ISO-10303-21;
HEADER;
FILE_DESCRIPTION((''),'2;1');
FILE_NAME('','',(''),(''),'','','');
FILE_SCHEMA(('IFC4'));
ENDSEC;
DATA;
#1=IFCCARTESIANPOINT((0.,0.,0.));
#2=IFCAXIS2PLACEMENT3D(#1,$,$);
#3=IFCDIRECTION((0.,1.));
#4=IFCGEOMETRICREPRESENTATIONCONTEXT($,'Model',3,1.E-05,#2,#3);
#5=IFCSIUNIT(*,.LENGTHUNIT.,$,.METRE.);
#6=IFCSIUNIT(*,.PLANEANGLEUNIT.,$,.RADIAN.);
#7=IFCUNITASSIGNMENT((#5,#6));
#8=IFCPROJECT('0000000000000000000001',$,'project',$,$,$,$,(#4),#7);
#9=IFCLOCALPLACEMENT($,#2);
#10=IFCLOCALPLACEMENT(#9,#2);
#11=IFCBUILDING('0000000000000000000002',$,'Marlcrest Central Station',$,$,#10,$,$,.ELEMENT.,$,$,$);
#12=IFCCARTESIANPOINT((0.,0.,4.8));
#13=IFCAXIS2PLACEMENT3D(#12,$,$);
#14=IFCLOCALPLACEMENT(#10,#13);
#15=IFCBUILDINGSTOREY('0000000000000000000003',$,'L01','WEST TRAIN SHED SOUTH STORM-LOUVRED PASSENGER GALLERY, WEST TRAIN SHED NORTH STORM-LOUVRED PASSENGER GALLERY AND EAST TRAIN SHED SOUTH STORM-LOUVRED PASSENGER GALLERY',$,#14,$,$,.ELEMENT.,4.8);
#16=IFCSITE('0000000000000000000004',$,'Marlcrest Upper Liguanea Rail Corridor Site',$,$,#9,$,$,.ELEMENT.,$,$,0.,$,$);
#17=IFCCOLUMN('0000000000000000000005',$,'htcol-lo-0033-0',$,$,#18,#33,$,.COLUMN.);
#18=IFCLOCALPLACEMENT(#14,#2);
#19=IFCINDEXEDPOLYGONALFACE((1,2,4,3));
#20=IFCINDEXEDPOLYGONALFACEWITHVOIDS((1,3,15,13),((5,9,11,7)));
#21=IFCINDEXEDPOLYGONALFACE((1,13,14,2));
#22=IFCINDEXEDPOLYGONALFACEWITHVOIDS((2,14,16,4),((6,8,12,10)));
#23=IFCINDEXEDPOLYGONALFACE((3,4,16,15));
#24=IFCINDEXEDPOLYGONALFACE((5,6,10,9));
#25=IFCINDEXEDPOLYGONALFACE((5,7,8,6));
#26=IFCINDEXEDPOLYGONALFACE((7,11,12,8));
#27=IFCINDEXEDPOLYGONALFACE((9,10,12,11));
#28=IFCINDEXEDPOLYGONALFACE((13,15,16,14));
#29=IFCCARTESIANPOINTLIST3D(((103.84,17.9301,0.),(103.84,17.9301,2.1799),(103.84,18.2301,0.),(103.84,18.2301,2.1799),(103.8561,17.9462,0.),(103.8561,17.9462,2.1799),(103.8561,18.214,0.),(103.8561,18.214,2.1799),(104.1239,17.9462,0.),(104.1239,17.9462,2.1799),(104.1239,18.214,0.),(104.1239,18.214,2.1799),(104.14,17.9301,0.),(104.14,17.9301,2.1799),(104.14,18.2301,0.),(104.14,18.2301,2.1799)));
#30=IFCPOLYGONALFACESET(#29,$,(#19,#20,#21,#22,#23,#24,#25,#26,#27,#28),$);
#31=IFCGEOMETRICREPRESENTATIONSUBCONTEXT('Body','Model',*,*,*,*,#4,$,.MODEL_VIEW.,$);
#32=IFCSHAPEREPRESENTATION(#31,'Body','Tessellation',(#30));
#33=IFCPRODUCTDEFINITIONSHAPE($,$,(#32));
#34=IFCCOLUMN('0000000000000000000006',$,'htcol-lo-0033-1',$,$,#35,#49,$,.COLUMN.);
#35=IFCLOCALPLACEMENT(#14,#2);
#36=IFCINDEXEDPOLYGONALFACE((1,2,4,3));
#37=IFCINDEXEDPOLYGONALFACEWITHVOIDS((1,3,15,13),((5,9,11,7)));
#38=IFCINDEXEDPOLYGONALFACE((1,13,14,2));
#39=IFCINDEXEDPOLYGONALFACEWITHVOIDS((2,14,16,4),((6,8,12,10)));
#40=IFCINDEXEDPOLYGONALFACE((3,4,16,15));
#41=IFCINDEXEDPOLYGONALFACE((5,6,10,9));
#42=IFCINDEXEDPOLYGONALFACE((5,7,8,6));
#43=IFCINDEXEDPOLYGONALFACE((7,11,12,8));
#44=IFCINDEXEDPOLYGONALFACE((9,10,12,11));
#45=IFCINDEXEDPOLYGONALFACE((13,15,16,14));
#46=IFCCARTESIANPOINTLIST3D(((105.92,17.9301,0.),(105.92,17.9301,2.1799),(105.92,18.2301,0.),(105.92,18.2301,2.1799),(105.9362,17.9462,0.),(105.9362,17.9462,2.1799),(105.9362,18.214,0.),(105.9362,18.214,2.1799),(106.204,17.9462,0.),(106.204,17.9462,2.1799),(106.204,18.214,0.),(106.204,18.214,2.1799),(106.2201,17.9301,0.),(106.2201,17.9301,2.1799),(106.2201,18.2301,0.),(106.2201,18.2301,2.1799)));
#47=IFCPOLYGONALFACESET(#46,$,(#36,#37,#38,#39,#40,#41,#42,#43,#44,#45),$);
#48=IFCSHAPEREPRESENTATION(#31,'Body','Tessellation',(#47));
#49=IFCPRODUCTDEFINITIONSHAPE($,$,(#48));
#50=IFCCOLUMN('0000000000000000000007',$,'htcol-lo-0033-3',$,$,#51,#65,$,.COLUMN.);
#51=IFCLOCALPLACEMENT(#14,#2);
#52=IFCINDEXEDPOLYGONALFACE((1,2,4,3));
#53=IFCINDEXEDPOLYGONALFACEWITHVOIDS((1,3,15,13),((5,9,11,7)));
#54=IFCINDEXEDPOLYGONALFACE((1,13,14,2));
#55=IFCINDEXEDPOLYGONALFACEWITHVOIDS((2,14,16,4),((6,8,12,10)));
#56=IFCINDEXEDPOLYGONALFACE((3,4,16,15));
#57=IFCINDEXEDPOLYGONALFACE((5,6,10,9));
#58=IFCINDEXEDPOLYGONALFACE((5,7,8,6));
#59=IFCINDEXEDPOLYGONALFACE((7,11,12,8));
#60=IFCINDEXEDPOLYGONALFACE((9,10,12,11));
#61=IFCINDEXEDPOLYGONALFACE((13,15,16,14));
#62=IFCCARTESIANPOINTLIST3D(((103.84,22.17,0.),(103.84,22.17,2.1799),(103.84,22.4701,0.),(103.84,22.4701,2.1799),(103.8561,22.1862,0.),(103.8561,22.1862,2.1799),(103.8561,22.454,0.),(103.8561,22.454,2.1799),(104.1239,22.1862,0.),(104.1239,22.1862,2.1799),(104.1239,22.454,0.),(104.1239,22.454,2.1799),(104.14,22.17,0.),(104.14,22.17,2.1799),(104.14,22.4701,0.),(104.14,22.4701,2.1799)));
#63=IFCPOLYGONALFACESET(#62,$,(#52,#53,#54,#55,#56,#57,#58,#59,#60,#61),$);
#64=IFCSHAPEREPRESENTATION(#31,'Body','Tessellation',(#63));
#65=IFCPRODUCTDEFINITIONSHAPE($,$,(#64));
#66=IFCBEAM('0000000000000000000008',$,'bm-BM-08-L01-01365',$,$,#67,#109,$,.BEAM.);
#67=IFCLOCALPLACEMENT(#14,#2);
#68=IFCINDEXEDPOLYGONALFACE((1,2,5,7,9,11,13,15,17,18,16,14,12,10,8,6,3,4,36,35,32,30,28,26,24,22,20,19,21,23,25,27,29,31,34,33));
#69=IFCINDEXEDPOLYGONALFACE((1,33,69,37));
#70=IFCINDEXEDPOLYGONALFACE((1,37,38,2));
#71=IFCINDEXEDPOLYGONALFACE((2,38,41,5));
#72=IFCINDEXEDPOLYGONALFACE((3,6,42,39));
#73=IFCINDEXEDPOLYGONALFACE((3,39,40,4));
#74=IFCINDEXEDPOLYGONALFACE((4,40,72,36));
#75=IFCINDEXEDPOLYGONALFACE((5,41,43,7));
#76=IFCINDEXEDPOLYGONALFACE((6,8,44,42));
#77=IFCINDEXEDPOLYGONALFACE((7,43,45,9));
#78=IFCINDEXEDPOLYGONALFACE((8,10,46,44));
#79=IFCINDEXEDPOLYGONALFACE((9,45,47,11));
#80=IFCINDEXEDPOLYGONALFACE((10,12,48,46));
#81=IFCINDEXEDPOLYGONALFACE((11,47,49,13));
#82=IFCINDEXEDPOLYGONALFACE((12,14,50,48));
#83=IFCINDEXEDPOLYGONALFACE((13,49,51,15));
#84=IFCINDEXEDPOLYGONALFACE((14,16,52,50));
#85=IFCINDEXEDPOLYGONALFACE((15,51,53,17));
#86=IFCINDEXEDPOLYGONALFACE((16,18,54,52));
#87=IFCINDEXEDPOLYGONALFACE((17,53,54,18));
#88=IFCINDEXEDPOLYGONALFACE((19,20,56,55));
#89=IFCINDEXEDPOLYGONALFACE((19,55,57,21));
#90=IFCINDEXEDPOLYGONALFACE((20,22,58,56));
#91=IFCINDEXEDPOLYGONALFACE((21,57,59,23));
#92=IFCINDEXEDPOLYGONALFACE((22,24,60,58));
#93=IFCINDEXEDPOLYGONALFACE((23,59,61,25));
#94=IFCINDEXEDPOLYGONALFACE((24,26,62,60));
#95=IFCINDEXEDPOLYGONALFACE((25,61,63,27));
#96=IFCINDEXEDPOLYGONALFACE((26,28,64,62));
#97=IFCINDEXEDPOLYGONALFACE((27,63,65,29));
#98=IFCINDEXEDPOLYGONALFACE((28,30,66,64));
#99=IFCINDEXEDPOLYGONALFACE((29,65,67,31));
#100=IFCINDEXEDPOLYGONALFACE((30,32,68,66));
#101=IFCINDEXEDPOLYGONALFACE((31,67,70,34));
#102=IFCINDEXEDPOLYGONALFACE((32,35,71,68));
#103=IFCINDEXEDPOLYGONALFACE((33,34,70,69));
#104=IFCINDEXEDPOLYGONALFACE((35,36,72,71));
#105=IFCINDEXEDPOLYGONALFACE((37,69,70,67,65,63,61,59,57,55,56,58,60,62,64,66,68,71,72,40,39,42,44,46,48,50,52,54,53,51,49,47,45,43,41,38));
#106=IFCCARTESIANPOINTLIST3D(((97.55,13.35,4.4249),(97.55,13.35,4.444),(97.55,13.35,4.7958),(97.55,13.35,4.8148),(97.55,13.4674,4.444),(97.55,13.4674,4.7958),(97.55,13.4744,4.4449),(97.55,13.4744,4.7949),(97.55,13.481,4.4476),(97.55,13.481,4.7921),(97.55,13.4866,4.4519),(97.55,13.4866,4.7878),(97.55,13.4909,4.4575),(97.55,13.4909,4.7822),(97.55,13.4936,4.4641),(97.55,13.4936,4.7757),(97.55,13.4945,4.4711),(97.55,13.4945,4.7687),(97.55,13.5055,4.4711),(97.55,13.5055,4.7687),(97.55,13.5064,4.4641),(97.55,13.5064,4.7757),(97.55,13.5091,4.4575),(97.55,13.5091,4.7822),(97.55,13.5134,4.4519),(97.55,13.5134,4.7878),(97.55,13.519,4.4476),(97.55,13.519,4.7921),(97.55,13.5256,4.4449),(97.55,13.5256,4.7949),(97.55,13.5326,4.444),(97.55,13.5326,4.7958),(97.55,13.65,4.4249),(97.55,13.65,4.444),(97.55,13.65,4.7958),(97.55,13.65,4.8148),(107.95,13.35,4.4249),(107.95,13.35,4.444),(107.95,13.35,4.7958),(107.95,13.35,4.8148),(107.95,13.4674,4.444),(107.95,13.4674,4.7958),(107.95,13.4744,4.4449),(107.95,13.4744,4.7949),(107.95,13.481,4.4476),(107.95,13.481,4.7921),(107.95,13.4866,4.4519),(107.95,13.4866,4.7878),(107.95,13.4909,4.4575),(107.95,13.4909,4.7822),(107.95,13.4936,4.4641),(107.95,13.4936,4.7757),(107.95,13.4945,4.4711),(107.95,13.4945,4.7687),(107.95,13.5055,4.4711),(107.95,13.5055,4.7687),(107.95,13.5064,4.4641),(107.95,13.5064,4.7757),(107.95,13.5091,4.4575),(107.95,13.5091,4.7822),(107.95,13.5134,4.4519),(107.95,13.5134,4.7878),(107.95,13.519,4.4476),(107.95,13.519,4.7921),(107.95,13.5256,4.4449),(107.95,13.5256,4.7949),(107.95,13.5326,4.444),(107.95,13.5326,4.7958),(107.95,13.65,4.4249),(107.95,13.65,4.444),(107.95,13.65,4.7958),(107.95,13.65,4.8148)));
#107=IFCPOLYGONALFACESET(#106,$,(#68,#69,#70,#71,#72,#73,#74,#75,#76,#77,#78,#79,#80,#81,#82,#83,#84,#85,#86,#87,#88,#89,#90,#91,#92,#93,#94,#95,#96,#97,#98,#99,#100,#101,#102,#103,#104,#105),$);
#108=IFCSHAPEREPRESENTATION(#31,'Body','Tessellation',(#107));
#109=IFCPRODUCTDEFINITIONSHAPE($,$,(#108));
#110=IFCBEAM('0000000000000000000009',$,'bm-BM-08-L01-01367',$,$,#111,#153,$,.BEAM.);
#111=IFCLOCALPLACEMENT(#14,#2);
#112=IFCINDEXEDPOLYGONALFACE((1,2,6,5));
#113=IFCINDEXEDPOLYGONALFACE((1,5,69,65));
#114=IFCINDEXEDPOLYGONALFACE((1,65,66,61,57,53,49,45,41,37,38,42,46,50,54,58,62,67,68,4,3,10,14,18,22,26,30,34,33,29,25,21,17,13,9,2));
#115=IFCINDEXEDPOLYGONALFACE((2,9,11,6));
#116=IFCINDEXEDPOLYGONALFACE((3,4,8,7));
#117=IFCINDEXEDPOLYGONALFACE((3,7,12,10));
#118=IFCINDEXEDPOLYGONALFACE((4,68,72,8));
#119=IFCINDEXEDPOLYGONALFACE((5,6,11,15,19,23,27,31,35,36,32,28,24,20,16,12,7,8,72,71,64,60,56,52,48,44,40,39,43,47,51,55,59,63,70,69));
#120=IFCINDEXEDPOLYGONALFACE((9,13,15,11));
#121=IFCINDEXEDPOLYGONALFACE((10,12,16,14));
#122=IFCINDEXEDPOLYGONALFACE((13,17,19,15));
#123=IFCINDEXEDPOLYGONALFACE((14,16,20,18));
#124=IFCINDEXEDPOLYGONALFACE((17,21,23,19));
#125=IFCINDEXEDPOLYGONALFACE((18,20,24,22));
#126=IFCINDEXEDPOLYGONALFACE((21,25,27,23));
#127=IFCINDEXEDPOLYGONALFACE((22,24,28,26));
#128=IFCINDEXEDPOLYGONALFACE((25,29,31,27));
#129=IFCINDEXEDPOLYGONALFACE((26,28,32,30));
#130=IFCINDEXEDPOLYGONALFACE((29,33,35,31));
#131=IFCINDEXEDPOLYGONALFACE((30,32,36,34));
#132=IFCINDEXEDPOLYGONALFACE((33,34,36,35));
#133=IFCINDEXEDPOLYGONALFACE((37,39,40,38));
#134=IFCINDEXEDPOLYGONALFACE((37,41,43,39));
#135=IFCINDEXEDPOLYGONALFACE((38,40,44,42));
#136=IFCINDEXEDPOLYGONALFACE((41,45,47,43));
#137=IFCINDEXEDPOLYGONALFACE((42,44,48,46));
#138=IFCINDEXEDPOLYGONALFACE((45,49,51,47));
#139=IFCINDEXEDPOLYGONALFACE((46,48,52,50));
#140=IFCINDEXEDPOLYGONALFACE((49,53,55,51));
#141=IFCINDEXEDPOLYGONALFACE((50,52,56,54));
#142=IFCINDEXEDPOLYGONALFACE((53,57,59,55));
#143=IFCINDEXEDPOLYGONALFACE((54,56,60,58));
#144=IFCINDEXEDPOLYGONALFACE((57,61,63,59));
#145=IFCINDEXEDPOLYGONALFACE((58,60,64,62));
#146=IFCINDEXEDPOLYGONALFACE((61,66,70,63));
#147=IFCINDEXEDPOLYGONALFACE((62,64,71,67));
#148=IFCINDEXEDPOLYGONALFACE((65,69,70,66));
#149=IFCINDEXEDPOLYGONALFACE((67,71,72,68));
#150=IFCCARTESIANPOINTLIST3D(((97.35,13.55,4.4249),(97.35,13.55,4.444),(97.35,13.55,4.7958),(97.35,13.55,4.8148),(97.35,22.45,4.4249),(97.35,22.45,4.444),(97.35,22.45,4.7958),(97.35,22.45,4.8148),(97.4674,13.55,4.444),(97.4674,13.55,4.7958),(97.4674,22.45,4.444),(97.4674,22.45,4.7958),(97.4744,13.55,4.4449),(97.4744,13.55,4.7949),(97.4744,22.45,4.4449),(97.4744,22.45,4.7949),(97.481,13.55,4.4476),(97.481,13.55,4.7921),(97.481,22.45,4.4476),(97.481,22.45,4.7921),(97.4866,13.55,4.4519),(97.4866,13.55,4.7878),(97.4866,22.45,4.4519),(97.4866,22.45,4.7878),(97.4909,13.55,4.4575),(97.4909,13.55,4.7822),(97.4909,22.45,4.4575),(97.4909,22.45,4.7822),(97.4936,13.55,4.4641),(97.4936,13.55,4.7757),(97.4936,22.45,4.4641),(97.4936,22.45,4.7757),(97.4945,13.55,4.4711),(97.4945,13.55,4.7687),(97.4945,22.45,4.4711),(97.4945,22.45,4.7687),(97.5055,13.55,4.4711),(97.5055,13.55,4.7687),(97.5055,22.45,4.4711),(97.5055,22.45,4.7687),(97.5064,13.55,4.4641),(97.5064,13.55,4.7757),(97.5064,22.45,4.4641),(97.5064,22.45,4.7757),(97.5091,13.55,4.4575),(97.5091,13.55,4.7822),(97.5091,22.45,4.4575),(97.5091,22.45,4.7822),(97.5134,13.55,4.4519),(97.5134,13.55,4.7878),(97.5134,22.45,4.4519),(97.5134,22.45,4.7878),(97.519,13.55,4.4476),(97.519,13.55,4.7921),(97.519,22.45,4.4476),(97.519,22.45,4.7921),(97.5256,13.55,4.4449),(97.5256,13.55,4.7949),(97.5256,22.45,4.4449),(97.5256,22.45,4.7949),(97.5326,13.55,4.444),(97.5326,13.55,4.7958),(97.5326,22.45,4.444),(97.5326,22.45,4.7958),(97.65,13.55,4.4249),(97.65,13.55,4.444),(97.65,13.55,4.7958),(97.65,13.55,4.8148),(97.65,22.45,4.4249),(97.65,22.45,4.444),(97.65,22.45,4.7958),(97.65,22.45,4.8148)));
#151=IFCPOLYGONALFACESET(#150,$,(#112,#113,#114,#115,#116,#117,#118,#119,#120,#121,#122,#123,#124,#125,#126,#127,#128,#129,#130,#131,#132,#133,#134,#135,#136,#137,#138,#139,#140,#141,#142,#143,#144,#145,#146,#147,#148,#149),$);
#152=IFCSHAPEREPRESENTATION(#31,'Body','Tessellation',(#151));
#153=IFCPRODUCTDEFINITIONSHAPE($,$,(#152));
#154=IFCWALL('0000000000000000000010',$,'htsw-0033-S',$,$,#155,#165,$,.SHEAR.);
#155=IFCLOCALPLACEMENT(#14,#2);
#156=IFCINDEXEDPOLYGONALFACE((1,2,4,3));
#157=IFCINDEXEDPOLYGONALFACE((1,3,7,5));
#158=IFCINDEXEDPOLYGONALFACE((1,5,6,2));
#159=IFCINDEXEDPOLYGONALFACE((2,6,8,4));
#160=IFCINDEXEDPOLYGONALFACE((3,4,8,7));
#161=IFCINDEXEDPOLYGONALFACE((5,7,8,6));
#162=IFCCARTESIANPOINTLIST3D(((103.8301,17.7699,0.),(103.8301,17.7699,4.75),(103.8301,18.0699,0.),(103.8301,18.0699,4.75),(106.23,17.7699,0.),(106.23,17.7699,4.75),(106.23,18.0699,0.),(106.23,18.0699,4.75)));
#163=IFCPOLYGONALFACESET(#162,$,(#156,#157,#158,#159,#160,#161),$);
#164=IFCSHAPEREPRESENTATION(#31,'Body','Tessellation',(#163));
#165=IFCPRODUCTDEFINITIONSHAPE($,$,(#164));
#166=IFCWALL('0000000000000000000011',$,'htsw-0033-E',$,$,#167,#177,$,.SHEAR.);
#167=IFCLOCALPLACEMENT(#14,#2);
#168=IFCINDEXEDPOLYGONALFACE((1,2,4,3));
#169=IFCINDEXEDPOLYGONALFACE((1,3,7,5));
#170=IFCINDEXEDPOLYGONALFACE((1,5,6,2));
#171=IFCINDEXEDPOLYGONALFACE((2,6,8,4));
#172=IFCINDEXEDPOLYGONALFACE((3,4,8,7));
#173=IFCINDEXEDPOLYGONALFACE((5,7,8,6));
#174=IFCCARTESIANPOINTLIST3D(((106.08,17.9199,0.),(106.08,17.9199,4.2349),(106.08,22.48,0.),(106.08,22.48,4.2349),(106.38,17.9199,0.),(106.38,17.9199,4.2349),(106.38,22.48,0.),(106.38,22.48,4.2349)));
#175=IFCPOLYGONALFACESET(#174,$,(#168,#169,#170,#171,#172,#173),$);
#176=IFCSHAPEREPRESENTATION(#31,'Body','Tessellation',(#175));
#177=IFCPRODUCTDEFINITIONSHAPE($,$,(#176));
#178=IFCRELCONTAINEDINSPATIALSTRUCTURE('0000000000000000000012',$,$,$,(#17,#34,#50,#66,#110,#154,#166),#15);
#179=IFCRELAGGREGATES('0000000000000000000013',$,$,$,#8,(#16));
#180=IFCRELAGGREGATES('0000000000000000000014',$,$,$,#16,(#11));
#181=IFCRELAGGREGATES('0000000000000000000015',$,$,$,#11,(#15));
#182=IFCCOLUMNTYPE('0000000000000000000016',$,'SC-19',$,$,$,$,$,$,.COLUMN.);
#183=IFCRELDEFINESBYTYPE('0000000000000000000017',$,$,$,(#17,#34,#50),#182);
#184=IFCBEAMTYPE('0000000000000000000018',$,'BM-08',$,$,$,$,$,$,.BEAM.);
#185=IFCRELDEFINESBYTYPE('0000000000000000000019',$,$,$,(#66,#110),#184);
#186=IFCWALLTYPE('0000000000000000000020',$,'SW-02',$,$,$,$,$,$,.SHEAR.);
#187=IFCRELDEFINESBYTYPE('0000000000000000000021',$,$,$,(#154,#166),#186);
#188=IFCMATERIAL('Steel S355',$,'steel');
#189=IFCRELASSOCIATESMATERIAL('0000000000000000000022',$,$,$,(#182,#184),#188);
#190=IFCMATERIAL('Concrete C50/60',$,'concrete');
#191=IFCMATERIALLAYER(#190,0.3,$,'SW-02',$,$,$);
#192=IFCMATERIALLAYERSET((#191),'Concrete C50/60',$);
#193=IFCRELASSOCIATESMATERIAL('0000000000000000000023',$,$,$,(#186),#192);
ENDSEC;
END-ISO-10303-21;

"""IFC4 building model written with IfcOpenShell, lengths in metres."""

from ifc_helpers import new_model, si_unit, direction, frame, frame_2d, origin, origin_2d, place, context, subcontext, project, spatial, rectangle, hollow_rectangle, i_section, extrude, material, layer, layer_set, material_profile, profile_set, type_object, element, save


model = new_model("IFC4")

# Units and contexts
model_context = context("Model", 3, precision=1e-05, world=origin(), true_north=direction((0.0, 1.0)))
body_context = subcontext(model_context, "Body", "Model", "MODEL_VIEW")
ifc_project = project(units=[si_unit("LENGTHUNIT", "METRE"), si_unit("PLANEANGLEUNIT", "RADIAN")], contexts=[model_context])

# Site, building, storey
site_placement = place(None, origin())
site = spatial("IfcSite", under=ifc_project, at=site_placement, Name="Marlcrest Upper Liguanea Rail Corridor Site", CompositionType="ELEMENT", RefElevation=0.0)
building_placement = place(site_placement, origin())
building = spatial("IfcBuilding", under=site, at=building_placement, Name="Marlcrest Central Station", CompositionType="ELEMENT")
storey_placement = place(building_placement, frame((0.0, 0.0, 4.8)))
storey = spatial("IfcBuildingStorey", under=building, at=storey_placement, Name="L01", Description="WEST TRAIN SHED SOUTH STORM-LOUVRED PASSENGER GALLERY, WEST TRAIN SHED NORTH STORM-LOUVRED PASSENGER GALLERY AND EAST TRAIN SHED SOUTH STORM-LOUVRED PASSENGER GALLERY", CompositionType="ELEMENT", Elevation=4.8)

# Columns
ifc_material_1 = material(Name="Steel S355", Category="steel")
ifc_material_profile_1 = material_profile(ifc_material_1, hollow_rectangle(XDim=0.3, YDim=0.3, WallThickness=0.0161, at=origin_2d()), Name="SHS 300x300x16")
ifc_profile_set_1 = profile_set([ifc_material_profile_1], Name="Steel S355")
column_type = type_object("IfcColumnType", Name="SC-19", PredefinedType="COLUMN", material=ifc_profile_set_1)
for number, where, z_axis, x_axis, name in (
    (1, (103.99, 18.0801, 0.0), (0.0, 0.0, 1.0), (1.0, 0.0, 0.0), "htcol-lo-0033-0"),
    (2, (106.0701, 18.0801, 0.0), (0.0, 0.0, 1.0), (1.0, 0.0, 0.0), "htcol-lo-0033-1"),
    (3, (103.99, 22.3201, 0.0), (0.0, 0.0, 1.0), (1.0, 0.0, 0.0), "htcol-lo-0033-3"),
):
    element("IfcColumn", number, at=place(storey_placement, frame(where, z_axis=z_axis, x_axis=x_axis)), inside=storey, type_object=column_type, Name=name, PredefinedType="COLUMN", context=body_context, shape_type="SweptSolid", body=[
        extrude(hollow_rectangle(XDim=0.3, YDim=0.3, WallThickness=0.0161, at=origin_2d()), origin(), (0.0, 0.0, 1.0), 2.1799),
    ])

# Beams
ifc_material_profile_2 = material_profile(ifc_material_1, i_section(OverallWidth=0.3, OverallDepth=0.3899, WebThickness=0.011, FlangeThickness=0.019, FilletRadius=0.0271, at=origin_2d()), Name="HEA 400")
ifc_profile_set_2 = profile_set([ifc_material_profile_2], Name="Steel S355")
beam_type = type_object("IfcBeamType", Name="BM-08", PredefinedType="BEAM", material=ifc_profile_set_2)
beam_1_placement = place(storey_placement, frame((97.55, 13.5, 4.6199), z_axis=(1.0, 0.0, 0.0), x_axis=(0.0, 1.0, 0.0)))
element("IfcBeam", 4, at=beam_1_placement, inside=storey, type_object=beam_type, Name="bm-BM-08-L01-01365", PredefinedType="BEAM", context=body_context, shape_type="SweptSolid", body=[
    extrude(i_section(OverallWidth=0.3, OverallDepth=0.3899, WebThickness=0.011, FlangeThickness=0.019, FilletRadius=0.0271, at=origin_2d()), origin(), (0.0, 0.0, 1.0), 10.3999),
])
beam_2_placement = place(storey_placement, frame((97.5, 13.55, 4.6199), z_axis=(0.0, 1.0, 0.0), x_axis=(-1.0, 0.0, 0.0)))
element("IfcBeam", 5, at=beam_2_placement, inside=storey, type_object=beam_type, Name="bm-BM-08-L01-01367", PredefinedType="BEAM", context=body_context, shape_type="SweptSolid", body=[
    extrude(i_section(OverallWidth=0.3, OverallDepth=0.3899, WebThickness=0.011, FlangeThickness=0.019, FilletRadius=0.0271, at=origin_2d()), origin(), (0.0, 0.0, 1.0), 8.8999),
])

# Walls
ifc_material_2 = material(Name="Concrete C50/60", Category="concrete")
ifc_layer = layer(ifc_material_2, 0.3, Name="SW-02")
ifc_layer_set = layer_set([ifc_layer], Name="Concrete C50/60")
wall_type = type_object("IfcWallType", Name="SW-02", PredefinedType="SHEAR", material=ifc_layer_set)
wall_1_placement = place(storey_placement, frame((103.8301, 17.9199, 0.0), z_axis=(0.0, 0.0, 1.0), x_axis=(1.0, 0.0, 0.0)))
element("IfcWall", 6, at=wall_1_placement, inside=storey, type_object=wall_type, Name="htsw-0033-S", PredefinedType="SHEAR", context=body_context, shape_type="SweptSolid", body=[
    extrude(rectangle(XDim=2.3999, YDim=0.3, at=frame_2d((1.2, 0.0))), origin(), (0.0, 0.0, 1.0), 4.75),
])
wall_2_placement = place(storey_placement, frame((106.23, 17.9199, 0.0), z_axis=(0.0, 0.0, 1.0), x_axis=(0.0, 1.0, 0.0)))
element("IfcWall", 7, at=wall_2_placement, inside=storey, type_object=wall_type, Name="htsw-0033-E", PredefinedType="SHEAR", context=body_context, shape_type="SweptSolid", body=[
    extrude(rectangle(XDim=4.5601, YDim=0.3, at=frame_2d((2.28, 0.0))), origin(), (0.0, 0.0, 1.0), 4.2349),
])

save(model, "model.ifc")
